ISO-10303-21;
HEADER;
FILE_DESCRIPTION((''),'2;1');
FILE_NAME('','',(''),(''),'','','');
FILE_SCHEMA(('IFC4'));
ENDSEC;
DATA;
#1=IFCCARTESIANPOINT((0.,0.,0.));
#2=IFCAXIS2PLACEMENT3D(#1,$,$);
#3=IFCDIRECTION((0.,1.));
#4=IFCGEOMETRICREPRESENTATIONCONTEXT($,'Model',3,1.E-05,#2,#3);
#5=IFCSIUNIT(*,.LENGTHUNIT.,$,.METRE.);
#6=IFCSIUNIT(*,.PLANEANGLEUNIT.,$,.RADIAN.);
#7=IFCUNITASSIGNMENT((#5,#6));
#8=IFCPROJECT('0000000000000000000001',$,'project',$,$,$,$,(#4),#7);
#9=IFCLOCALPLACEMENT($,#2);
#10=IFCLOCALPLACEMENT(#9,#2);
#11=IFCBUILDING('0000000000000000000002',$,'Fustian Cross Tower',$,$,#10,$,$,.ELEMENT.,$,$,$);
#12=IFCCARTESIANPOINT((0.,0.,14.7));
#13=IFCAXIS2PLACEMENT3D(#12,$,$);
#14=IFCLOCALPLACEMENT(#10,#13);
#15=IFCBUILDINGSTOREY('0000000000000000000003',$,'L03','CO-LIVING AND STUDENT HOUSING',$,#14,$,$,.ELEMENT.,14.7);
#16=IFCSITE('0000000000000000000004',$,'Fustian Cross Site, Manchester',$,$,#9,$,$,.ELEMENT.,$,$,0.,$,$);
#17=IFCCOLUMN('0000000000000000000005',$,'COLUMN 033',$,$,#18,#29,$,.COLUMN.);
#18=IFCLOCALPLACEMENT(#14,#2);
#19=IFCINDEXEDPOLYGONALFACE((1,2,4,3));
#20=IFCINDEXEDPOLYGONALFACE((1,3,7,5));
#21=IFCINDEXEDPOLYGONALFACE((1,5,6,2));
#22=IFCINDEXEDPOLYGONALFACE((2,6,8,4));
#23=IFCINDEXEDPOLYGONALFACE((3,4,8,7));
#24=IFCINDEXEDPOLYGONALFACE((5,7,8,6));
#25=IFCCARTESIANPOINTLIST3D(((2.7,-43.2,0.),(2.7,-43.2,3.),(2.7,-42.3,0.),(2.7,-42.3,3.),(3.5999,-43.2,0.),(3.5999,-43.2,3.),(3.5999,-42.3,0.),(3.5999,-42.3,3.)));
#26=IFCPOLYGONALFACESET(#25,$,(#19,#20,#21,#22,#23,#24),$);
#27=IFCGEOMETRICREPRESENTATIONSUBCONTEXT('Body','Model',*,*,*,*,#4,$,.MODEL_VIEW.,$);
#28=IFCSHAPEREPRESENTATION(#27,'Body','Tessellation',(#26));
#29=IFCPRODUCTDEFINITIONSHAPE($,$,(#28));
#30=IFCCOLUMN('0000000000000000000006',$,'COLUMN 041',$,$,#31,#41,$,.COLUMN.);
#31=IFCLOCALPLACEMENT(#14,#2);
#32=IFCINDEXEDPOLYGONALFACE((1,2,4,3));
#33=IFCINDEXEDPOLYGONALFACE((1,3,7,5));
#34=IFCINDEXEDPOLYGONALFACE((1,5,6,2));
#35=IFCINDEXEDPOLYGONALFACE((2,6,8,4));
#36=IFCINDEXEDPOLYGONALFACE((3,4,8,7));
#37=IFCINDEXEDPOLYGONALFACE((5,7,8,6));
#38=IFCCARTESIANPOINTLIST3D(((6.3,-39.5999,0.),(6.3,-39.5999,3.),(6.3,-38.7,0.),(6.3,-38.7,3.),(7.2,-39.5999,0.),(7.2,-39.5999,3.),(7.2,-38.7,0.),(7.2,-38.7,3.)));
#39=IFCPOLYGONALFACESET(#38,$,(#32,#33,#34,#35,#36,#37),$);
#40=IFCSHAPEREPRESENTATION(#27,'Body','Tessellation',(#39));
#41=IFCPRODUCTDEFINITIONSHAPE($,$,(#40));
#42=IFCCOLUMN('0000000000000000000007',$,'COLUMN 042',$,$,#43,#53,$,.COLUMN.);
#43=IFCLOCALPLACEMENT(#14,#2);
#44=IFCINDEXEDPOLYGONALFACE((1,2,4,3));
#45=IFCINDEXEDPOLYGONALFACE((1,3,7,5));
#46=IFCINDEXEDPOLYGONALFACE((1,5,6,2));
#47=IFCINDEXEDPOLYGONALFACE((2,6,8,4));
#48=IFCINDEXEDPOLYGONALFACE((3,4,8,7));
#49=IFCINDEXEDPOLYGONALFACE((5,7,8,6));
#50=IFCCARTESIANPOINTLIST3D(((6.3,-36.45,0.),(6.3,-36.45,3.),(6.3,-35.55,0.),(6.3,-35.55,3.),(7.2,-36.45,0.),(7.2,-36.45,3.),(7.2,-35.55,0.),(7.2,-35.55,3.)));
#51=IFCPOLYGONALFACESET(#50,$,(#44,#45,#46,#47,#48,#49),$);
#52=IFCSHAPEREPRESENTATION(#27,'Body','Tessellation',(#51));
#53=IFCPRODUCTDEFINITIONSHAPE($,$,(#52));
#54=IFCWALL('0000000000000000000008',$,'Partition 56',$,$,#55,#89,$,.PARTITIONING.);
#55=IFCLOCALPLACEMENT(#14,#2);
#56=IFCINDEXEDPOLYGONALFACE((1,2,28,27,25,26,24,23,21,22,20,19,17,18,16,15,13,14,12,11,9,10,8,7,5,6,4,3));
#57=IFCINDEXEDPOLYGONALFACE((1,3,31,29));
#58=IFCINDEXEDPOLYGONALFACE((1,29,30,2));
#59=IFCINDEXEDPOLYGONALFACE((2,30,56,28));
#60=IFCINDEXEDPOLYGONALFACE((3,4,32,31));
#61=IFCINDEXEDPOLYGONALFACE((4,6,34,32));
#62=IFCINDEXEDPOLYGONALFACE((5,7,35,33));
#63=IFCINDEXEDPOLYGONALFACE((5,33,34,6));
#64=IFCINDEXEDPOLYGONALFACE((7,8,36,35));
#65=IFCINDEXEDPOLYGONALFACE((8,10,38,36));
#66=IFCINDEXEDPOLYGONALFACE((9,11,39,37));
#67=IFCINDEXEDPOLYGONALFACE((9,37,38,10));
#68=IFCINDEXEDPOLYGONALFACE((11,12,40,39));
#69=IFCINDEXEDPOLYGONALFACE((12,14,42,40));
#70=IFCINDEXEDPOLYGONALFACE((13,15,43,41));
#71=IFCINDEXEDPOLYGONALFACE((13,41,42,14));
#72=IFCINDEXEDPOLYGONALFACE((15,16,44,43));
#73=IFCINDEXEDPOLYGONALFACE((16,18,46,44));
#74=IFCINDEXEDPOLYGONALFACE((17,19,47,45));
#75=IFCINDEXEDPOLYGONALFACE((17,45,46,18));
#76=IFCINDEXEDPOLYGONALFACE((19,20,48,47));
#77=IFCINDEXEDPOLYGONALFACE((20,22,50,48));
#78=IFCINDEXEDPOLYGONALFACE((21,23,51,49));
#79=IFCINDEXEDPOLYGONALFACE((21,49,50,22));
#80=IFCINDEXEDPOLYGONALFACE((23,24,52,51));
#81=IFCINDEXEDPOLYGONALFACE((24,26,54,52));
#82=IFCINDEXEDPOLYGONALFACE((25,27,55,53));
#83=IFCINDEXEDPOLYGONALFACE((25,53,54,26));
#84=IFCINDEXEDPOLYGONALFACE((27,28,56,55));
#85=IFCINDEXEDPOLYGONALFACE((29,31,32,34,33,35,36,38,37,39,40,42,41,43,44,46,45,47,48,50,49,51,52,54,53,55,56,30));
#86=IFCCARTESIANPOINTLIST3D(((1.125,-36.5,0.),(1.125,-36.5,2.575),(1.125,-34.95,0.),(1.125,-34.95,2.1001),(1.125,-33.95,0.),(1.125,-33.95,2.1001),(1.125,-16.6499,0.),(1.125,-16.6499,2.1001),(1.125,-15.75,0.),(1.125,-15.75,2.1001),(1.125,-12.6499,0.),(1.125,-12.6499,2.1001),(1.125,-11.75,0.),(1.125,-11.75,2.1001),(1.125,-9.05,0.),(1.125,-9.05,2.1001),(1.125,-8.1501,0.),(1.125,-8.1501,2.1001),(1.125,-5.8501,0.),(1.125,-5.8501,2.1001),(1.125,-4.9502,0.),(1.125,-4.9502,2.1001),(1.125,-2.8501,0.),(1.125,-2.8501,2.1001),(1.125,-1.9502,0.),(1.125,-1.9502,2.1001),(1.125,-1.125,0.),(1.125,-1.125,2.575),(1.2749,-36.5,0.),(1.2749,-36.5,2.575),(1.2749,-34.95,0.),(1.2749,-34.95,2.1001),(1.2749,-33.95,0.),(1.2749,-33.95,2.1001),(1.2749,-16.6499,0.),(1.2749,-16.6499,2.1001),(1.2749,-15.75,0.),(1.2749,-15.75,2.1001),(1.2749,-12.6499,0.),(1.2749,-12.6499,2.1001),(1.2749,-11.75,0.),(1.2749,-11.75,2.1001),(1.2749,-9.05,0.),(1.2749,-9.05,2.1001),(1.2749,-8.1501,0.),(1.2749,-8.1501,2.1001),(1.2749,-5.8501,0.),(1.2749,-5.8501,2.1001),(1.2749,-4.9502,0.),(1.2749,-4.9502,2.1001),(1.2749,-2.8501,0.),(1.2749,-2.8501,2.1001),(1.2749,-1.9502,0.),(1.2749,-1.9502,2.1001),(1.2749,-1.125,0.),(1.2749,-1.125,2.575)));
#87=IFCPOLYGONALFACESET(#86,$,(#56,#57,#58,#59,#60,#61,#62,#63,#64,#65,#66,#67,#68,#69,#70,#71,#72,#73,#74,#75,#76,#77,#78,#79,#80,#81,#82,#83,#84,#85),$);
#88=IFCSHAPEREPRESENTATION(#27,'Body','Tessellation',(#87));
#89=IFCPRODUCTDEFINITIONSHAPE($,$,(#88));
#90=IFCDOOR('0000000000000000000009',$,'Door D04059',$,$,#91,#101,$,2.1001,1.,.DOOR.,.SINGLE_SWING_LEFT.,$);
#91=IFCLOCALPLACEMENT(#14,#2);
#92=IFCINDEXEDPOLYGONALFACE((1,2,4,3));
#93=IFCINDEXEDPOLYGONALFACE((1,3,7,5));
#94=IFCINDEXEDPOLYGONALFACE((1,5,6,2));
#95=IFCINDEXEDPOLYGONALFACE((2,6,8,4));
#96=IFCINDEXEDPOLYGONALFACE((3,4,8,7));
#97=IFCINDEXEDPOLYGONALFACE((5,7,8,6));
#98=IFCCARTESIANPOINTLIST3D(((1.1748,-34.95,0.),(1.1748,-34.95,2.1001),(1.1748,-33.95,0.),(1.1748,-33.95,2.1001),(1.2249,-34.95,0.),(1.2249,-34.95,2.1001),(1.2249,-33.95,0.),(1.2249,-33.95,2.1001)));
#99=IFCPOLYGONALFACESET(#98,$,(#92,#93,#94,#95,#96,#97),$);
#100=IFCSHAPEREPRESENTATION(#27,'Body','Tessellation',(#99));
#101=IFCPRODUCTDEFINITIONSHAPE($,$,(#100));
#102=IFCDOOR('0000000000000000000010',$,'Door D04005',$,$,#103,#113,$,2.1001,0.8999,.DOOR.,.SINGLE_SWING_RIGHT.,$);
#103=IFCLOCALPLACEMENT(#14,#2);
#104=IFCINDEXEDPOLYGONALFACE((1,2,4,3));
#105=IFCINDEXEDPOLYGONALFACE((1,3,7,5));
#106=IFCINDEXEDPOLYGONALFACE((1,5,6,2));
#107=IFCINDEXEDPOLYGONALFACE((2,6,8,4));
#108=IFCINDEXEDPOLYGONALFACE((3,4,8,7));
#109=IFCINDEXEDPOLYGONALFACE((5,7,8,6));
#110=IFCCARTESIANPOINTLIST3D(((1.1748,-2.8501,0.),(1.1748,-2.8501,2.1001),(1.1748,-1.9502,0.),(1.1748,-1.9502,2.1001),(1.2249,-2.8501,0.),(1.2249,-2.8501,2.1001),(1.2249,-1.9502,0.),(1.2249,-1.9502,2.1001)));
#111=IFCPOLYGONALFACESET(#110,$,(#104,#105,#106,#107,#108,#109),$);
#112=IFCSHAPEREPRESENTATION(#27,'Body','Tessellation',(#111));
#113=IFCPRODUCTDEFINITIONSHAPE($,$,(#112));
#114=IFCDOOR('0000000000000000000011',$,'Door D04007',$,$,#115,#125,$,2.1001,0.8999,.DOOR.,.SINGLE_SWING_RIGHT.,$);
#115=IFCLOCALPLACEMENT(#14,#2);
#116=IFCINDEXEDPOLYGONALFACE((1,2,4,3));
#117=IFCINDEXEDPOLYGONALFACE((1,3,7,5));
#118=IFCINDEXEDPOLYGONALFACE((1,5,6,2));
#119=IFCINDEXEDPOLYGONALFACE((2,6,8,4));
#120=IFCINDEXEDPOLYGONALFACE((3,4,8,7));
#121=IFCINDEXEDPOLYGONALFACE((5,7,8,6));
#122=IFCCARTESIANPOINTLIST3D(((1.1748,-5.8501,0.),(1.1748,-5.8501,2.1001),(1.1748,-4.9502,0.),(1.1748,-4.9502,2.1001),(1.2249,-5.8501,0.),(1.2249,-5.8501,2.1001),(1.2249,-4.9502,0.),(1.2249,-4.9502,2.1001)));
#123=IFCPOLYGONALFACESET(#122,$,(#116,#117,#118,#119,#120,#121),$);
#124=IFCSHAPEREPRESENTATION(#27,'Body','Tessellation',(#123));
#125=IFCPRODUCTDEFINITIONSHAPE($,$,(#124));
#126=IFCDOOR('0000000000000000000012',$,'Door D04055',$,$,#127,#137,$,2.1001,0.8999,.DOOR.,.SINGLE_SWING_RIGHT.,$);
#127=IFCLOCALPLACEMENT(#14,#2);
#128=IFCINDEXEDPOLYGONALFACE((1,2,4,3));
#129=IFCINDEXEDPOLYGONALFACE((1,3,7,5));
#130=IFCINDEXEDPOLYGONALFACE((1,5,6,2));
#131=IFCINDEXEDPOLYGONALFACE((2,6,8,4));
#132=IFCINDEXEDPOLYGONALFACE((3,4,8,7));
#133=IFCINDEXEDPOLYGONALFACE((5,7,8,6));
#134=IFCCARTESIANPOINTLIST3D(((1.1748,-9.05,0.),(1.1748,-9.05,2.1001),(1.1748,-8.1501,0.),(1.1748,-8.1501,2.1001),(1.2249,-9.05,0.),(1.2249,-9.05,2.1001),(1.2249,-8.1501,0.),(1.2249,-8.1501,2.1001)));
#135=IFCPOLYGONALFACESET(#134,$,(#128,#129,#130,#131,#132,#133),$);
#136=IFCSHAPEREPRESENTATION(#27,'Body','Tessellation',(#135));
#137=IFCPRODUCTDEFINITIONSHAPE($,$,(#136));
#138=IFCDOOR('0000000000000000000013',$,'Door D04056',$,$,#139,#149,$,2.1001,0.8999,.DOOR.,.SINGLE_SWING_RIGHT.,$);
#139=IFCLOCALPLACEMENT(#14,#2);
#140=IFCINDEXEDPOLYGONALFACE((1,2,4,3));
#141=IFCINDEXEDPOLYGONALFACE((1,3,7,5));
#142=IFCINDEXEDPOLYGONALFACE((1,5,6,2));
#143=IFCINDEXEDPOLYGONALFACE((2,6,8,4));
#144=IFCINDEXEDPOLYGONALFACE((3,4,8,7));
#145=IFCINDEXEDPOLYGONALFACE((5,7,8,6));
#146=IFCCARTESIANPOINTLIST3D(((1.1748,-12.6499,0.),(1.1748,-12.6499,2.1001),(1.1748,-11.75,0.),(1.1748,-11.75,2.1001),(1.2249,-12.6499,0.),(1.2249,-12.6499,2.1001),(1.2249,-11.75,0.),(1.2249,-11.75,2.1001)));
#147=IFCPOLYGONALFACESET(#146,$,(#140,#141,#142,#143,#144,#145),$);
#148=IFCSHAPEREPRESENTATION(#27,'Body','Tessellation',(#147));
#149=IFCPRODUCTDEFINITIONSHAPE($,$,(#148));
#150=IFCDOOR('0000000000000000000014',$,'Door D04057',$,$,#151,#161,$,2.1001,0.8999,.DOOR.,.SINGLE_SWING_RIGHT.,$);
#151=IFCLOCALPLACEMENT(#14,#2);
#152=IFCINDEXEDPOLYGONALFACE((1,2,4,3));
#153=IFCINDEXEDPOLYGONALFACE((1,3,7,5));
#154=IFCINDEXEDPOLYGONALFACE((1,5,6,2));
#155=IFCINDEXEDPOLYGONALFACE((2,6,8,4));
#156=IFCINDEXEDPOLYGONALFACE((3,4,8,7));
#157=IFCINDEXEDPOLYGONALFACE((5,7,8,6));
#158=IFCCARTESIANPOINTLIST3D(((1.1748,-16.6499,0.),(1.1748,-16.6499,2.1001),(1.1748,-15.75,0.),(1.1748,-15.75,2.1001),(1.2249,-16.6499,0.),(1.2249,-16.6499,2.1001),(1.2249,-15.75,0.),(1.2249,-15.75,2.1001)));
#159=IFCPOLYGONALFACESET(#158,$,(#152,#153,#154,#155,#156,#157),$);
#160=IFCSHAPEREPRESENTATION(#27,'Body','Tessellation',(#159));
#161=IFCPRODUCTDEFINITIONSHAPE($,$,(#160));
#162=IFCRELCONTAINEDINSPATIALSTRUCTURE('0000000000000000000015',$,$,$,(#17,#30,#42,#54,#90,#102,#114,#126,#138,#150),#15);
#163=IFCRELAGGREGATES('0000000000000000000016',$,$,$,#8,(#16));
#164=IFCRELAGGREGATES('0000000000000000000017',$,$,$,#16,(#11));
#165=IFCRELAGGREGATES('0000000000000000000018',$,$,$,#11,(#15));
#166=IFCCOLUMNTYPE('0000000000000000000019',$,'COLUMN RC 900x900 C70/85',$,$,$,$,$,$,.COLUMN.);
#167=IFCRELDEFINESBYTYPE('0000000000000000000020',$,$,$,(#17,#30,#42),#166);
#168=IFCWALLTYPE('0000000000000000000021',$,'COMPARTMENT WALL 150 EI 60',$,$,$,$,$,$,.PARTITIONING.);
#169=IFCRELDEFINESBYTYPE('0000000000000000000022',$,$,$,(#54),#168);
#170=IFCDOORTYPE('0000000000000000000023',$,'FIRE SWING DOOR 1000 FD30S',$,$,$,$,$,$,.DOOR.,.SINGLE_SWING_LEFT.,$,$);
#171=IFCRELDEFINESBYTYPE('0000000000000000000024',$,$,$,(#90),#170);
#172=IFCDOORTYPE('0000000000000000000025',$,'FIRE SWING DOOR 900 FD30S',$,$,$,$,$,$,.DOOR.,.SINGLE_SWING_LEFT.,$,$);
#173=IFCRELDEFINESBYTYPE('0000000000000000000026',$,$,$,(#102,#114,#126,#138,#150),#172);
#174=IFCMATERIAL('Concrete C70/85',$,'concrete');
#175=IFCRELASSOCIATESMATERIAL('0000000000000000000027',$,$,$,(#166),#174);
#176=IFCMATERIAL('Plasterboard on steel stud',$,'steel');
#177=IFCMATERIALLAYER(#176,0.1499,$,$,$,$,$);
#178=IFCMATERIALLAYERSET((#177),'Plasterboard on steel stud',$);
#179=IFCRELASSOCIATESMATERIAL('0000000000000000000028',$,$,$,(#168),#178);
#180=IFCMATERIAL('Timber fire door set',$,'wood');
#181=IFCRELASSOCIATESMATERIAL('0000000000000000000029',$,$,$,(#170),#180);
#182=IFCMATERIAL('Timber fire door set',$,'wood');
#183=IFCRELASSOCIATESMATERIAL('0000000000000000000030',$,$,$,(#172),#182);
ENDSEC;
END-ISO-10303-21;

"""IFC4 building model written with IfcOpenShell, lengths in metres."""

from ifc_helpers import new_model, si_unit, direction, frame, frame_2d, origin, origin_2d, place, context, subcontext, project, spatial, rectangle, extrude, material, layer, layer_set, material_profile, profile_set, type_object, element, fill, save


model = new_model("IFC4")

# Units and contexts
model_context = context("Model", 3, precision=1e-05, world=origin(), true_north=direction((0.0, 1.0)))
body_context = subcontext(model_context, "Body", "Model", "MODEL_VIEW")
ifc_project = project(units=[si_unit("LENGTHUNIT", "METRE"), si_unit("PLANEANGLEUNIT", "RADIAN")], contexts=[model_context])

# Site, building, storey
site_placement = place(None, origin())
site = spatial("IfcSite", under=ifc_project, at=site_placement, Name="Fustian Cross Site, Manchester", CompositionType="ELEMENT", RefElevation=0.0)
building_placement = place(site_placement, origin())
building = spatial("IfcBuilding", under=site, at=building_placement, Name="Fustian Cross Tower", CompositionType="ELEMENT")
storey_placement = place(building_placement, frame((0.0, 0.0, 14.7)))
storey = spatial("IfcBuildingStorey", under=building, at=storey_placement, Name="L03", Description="CO-LIVING AND STUDENT HOUSING", CompositionType="ELEMENT", Elevation=14.7)

# Columns
ifc_material_1 = material(Name="Concrete C70/85", Category="concrete")
ifc_material_profile = material_profile(ifc_material_1, rectangle(XDim=0.8999, YDim=0.8999, at=origin_2d()), Name="RC 900x900")
ifc_profile_set = profile_set([ifc_material_profile], Name="Concrete C70/85")
column_type = type_object("IfcColumnType", Name="COLUMN RC 900x900 C70/85", PredefinedType="COLUMN", material=ifc_profile_set)
for number, where, z_axis, x_axis, name in (
    (1, (3.1499, -42.75, 0.0), (0.0, 0.0, 1.0), (1.0, 0.0, 0.0), "COLUMN 033"),
    (2, (6.75, -39.1499, 0.0), (0.0, 0.0, 1.0), (1.0, 0.0, 0.0), "COLUMN 041"),
    (3, (6.75, -36.0, 0.0), (0.0, 0.0, 1.0), (1.0, 0.0, 0.0), "COLUMN 042"),
):
    element("IfcColumn", number, at=place(storey_placement, frame(where, z_axis=z_axis, x_axis=x_axis)), inside=storey, type_object=column_type, Name=name, PredefinedType="COLUMN", context=body_context, shape_type="SweptSolid", body=[
        extrude(rectangle(XDim=0.8999, YDim=0.8999, at=origin_2d()), origin(), (0.0, 0.0, 1.0), 3.0),
    ])

# Wall, openings, doors
ifc_material_2 = material(Name="Plasterboard on steel stud", Category="steel")
ifc_layer_1 = layer(ifc_material_2, 0.1499)
ifc_layer_set_1 = layer_set([ifc_layer_1], Name="Plasterboard on steel stud")
wall_type_1 = type_object("IfcWallType", Name="COMPARTMENT WALL 150 EI 60", PredefinedType="PARTITIONING", material=ifc_layer_set_1)
wall_1_placement = place(storey_placement, frame((1.2, -36.5, 0.0), z_axis=(0.0, 0.0, 1.0), x_axis=(0.0, 1.0, 0.0)))
wall_1 = element("IfcWall", 4, at=wall_1_placement, inside=storey, type_object=wall_type_1, Name="Partition 56", PredefinedType="PARTITIONING", context=body_context, shape_type="SweptSolid", body=[
    extrude(rectangle(XDim=35.375, YDim=0.1499, at=frame_2d((17.6875, 0.0))), origin(), (0.0, 0.0, 1.0), 2.575),
])
opening_1_placement = place(wall_1_placement, frame((33.6499, 0.0, 0.0)))
opening_1 = element("IfcOpeningElement", 5, at=opening_1_placement, cuts=wall_1, PredefinedType="OPENING", context=body_context, shape_type="SweptSolid", body=[
    extrude(rectangle(XDim=0.8999, YDim=2.1001, at=frame_2d((0.45, 1.05))), frame((0.0, 0.085, 0.0), z_axis=(0.0, -1.0, 0.0), x_axis=(1.0, 0.0, 0.0)), (0.0, 0.0, 1.0), 0.1699),
])
opening_2_placement = place(wall_1_placement, frame((30.6499, 0.0, 0.0)))
opening_2 = element("IfcOpeningElement", 6, at=opening_2_placement, cuts=wall_1, PredefinedType="OPENING", context=body_context, shape_type="SweptSolid", body=[
    extrude(rectangle(XDim=0.8999, YDim=2.1001, at=frame_2d((0.45, 1.05))), frame((0.0, 0.085, 0.0), z_axis=(0.0, -1.0, 0.0), x_axis=(1.0, 0.0, 0.0)), (0.0, 0.0, 1.0), 0.1699),
])
opening_3_placement = place(wall_1_placement, frame((27.45, 0.0, 0.0)))
opening_3 = element("IfcOpeningElement", 7, at=opening_3_placement, cuts=wall_1, PredefinedType="OPENING", context=body_context, shape_type="SweptSolid", body=[
    extrude(rectangle(XDim=0.8999, YDim=2.1001, at=frame_2d((0.45, 1.05))), frame((0.0, 0.085, 0.0), z_axis=(0.0, -1.0, 0.0), x_axis=(1.0, 0.0, 0.0)), (0.0, 0.0, 1.0), 0.1699),
])
opening_4_placement = place(wall_1_placement, frame((23.8501, 0.0, 0.0)))
opening_4 = element("IfcOpeningElement", 8, at=opening_4_placement, cuts=wall_1, PredefinedType="OPENING", context=body_context, shape_type="SweptSolid", body=[
    extrude(rectangle(XDim=0.8999, YDim=2.1001, at=frame_2d((0.45, 1.05))), frame((0.0, 0.085, 0.0), z_axis=(0.0, -1.0, 0.0), x_axis=(1.0, 0.0, 0.0)), (0.0, 0.0, 1.0), 0.1699),
])
opening_5_placement = place(wall_1_placement, frame((19.8501, 0.0, 0.0)))
opening_5 = element("IfcOpeningElement", 9, at=opening_5_placement, cuts=wall_1, PredefinedType="OPENING", context=body_context, shape_type="SweptSolid", body=[
    extrude(rectangle(XDim=0.8999, YDim=2.1001, at=frame_2d((0.45, 1.05))), frame((0.0, 0.085, 0.0), z_axis=(0.0, -1.0, 0.0), x_axis=(1.0, 0.0, 0.0)), (0.0, 0.0, 1.0), 0.1699),
])
opening_6_placement = place(wall_1_placement, frame((1.55, 0.0, 0.0)))
opening_6 = element("IfcOpeningElement", 10, at=opening_6_placement, cuts=wall_1, PredefinedType="OPENING", context=body_context, shape_type="SweptSolid", body=[
    extrude(rectangle(XDim=1.0, YDim=2.1001, at=frame_2d((0.5, 1.05))), frame((0.0, 0.085, 0.0), z_axis=(0.0, -1.0, 0.0), x_axis=(1.0, 0.0, 0.0)), (0.0, 0.0, 1.0), 0.1699),
])
ifc_material_3 = material(Name="Timber fire door set", Category="wood")
door_type_1 = type_object("IfcDoorType", Name="FIRE SWING DOOR 1000 FD30S", OperationType="SINGLE_SWING_LEFT", PredefinedType="DOOR", material=ifc_material_3)
door_1_placement = place(opening_6_placement, frame((1.0, 0.0, 0.0), z_axis=(0.0, 0.0, 1.0), x_axis=(-1.0, 0.0, 0.0)))
door_1 = element("IfcDoor", 11, at=door_1_placement, inside=storey, type_object=door_type_1, Name="Door D04059", OperationType="SINGLE_SWING_LEFT", OverallHeight=2.1001, OverallWidth=1.0, PredefinedType="DOOR", context=body_context, shape_type="SweptSolid", body=[
    extrude(rectangle(XDim=1.0, YDim=2.1001, at=frame_2d((0.5, 1.05))), frame((0.0, 0.0249, 0.0), z_axis=(0.0, -1.0, 0.0), x_axis=(1.0, 0.0, 0.0)), (0.0, 0.0, 1.0), 0.05),
])
fill(opening_6, door_1)
ifc_material_4 = material(Name="Timber fire door set", Category="wood")
door_type_2 = type_object("IfcDoorType", Name="FIRE SWING DOOR 900 FD30S", OperationType="SINGLE_SWING_LEFT", PredefinedType="DOOR", material=ifc_material_4)
door_2_placement = place(opening_1_placement, frame((0.8999, 0.0, 0.0), z_axis=(0.0, 0.0, 1.0), x_axis=(-1.0, 0.0, 0.0)))
door_2 = element("IfcDoor", 12, at=door_2_placement, inside=storey, type_object=door_type_2, Name="Door D04005", OperationType="SINGLE_SWING_RIGHT", OverallHeight=2.1001, OverallWidth=0.8999, PredefinedType="DOOR", context=body_context, shape_type="SweptSolid", body=[
    extrude(rectangle(XDim=0.8999, YDim=2.1001, at=frame_2d((0.45, 1.05))), frame((0.0, 0.0249, 0.0), z_axis=(0.0, -1.0, 0.0), x_axis=(1.0, 0.0, 0.0)), (0.0, 0.0, 1.0), 0.05),
])
fill(opening_1, door_2)
door_3_placement = place(opening_2_placement, frame((0.8999, 0.0, 0.0), z_axis=(0.0, 0.0, 1.0), x_axis=(-1.0, 0.0, 0.0)))
door_3 = element("IfcDoor", 13, at=door_3_placement, inside=storey, type_object=door_type_2, Name="Door D04007", OperationType="SINGLE_SWING_RIGHT", OverallHeight=2.1001, OverallWidth=0.8999, PredefinedType="DOOR", context=body_context, shape_type="SweptSolid", body=[
    extrude(rectangle(XDim=0.8999, YDim=2.1001, at=frame_2d((0.45, 1.05))), frame((0.0, 0.0249, 0.0), z_axis=(0.0, -1.0, 0.0), x_axis=(1.0, 0.0, 0.0)), (0.0, 0.0, 1.0), 0.05),
])
fill(opening_2, door_3)
door_4_placement = place(opening_3_placement, frame((0.8999, 0.0, 0.0), z_axis=(0.0, 0.0, 1.0), x_axis=(-1.0, 0.0, 0.0)))
door_4 = element("IfcDoor", 14, at=door_4_placement, inside=storey, type_object=door_type_2, Name="Door D04055", OperationType="SINGLE_SWING_RIGHT", OverallHeight=2.1001, OverallWidth=0.8999, PredefinedType="DOOR", context=body_context, shape_type="SweptSolid", body=[
    extrude(rectangle(XDim=0.8999, YDim=2.1001, at=frame_2d((0.45, 1.05))), frame((0.0, 0.0249, 0.0), z_axis=(0.0, -1.0, 0.0), x_axis=(1.0, 0.0, 0.0)), (0.0, 0.0, 1.0), 0.05),
])
fill(opening_3, door_4)
door_5_placement = place(opening_4_placement, frame((0.8999, 0.0, 0.0), z_axis=(0.0, 0.0, 1.0), x_axis=(-1.0, 0.0, 0.0)))
door_5 = element("IfcDoor", 15, at=door_5_placement, inside=storey, type_object=door_type_2, Name="Door D04056", OperationType="SINGLE_SWING_RIGHT", OverallHeight=2.1001, OverallWidth=0.8999, PredefinedType="DOOR", context=body_context, shape_type="SweptSolid", body=[
    extrude(rectangle(XDim=0.8999, YDim=2.1001, at=frame_2d((0.45, 1.05))), frame((0.0, 0.0249, 0.0), z_axis=(0.0, -1.0, 0.0), x_axis=(1.0, 0.0, 0.0)), (0.0, 0.0, 1.0), 0.05),
])
fill(opening_4, door_5)
door_6_placement = place(opening_5_placement, frame((0.8999, 0.0, 0.0), z_axis=(0.0, 0.0, 1.0), x_axis=(-1.0, 0.0, 0.0)))
door_6 = element("IfcDoor", 16, at=door_6_placement, inside=storey, type_object=door_type_2, Name="Door D04057", OperationType="SINGLE_SWING_RIGHT", OverallHeight=2.1001, OverallWidth=0.8999, PredefinedType="DOOR", context=body_context, shape_type="SweptSolid", body=[
    extrude(rectangle(XDim=0.8999, YDim=2.1001, at=frame_2d((0.45, 1.05))), frame((0.0, 0.0249, 0.0), z_axis=(0.0, -1.0, 0.0), x_axis=(1.0, 0.0, 0.0)), (0.0, 0.0, 1.0), 0.05),
])
fill(opening_5, door_6)

save(model, "model.ifc")
